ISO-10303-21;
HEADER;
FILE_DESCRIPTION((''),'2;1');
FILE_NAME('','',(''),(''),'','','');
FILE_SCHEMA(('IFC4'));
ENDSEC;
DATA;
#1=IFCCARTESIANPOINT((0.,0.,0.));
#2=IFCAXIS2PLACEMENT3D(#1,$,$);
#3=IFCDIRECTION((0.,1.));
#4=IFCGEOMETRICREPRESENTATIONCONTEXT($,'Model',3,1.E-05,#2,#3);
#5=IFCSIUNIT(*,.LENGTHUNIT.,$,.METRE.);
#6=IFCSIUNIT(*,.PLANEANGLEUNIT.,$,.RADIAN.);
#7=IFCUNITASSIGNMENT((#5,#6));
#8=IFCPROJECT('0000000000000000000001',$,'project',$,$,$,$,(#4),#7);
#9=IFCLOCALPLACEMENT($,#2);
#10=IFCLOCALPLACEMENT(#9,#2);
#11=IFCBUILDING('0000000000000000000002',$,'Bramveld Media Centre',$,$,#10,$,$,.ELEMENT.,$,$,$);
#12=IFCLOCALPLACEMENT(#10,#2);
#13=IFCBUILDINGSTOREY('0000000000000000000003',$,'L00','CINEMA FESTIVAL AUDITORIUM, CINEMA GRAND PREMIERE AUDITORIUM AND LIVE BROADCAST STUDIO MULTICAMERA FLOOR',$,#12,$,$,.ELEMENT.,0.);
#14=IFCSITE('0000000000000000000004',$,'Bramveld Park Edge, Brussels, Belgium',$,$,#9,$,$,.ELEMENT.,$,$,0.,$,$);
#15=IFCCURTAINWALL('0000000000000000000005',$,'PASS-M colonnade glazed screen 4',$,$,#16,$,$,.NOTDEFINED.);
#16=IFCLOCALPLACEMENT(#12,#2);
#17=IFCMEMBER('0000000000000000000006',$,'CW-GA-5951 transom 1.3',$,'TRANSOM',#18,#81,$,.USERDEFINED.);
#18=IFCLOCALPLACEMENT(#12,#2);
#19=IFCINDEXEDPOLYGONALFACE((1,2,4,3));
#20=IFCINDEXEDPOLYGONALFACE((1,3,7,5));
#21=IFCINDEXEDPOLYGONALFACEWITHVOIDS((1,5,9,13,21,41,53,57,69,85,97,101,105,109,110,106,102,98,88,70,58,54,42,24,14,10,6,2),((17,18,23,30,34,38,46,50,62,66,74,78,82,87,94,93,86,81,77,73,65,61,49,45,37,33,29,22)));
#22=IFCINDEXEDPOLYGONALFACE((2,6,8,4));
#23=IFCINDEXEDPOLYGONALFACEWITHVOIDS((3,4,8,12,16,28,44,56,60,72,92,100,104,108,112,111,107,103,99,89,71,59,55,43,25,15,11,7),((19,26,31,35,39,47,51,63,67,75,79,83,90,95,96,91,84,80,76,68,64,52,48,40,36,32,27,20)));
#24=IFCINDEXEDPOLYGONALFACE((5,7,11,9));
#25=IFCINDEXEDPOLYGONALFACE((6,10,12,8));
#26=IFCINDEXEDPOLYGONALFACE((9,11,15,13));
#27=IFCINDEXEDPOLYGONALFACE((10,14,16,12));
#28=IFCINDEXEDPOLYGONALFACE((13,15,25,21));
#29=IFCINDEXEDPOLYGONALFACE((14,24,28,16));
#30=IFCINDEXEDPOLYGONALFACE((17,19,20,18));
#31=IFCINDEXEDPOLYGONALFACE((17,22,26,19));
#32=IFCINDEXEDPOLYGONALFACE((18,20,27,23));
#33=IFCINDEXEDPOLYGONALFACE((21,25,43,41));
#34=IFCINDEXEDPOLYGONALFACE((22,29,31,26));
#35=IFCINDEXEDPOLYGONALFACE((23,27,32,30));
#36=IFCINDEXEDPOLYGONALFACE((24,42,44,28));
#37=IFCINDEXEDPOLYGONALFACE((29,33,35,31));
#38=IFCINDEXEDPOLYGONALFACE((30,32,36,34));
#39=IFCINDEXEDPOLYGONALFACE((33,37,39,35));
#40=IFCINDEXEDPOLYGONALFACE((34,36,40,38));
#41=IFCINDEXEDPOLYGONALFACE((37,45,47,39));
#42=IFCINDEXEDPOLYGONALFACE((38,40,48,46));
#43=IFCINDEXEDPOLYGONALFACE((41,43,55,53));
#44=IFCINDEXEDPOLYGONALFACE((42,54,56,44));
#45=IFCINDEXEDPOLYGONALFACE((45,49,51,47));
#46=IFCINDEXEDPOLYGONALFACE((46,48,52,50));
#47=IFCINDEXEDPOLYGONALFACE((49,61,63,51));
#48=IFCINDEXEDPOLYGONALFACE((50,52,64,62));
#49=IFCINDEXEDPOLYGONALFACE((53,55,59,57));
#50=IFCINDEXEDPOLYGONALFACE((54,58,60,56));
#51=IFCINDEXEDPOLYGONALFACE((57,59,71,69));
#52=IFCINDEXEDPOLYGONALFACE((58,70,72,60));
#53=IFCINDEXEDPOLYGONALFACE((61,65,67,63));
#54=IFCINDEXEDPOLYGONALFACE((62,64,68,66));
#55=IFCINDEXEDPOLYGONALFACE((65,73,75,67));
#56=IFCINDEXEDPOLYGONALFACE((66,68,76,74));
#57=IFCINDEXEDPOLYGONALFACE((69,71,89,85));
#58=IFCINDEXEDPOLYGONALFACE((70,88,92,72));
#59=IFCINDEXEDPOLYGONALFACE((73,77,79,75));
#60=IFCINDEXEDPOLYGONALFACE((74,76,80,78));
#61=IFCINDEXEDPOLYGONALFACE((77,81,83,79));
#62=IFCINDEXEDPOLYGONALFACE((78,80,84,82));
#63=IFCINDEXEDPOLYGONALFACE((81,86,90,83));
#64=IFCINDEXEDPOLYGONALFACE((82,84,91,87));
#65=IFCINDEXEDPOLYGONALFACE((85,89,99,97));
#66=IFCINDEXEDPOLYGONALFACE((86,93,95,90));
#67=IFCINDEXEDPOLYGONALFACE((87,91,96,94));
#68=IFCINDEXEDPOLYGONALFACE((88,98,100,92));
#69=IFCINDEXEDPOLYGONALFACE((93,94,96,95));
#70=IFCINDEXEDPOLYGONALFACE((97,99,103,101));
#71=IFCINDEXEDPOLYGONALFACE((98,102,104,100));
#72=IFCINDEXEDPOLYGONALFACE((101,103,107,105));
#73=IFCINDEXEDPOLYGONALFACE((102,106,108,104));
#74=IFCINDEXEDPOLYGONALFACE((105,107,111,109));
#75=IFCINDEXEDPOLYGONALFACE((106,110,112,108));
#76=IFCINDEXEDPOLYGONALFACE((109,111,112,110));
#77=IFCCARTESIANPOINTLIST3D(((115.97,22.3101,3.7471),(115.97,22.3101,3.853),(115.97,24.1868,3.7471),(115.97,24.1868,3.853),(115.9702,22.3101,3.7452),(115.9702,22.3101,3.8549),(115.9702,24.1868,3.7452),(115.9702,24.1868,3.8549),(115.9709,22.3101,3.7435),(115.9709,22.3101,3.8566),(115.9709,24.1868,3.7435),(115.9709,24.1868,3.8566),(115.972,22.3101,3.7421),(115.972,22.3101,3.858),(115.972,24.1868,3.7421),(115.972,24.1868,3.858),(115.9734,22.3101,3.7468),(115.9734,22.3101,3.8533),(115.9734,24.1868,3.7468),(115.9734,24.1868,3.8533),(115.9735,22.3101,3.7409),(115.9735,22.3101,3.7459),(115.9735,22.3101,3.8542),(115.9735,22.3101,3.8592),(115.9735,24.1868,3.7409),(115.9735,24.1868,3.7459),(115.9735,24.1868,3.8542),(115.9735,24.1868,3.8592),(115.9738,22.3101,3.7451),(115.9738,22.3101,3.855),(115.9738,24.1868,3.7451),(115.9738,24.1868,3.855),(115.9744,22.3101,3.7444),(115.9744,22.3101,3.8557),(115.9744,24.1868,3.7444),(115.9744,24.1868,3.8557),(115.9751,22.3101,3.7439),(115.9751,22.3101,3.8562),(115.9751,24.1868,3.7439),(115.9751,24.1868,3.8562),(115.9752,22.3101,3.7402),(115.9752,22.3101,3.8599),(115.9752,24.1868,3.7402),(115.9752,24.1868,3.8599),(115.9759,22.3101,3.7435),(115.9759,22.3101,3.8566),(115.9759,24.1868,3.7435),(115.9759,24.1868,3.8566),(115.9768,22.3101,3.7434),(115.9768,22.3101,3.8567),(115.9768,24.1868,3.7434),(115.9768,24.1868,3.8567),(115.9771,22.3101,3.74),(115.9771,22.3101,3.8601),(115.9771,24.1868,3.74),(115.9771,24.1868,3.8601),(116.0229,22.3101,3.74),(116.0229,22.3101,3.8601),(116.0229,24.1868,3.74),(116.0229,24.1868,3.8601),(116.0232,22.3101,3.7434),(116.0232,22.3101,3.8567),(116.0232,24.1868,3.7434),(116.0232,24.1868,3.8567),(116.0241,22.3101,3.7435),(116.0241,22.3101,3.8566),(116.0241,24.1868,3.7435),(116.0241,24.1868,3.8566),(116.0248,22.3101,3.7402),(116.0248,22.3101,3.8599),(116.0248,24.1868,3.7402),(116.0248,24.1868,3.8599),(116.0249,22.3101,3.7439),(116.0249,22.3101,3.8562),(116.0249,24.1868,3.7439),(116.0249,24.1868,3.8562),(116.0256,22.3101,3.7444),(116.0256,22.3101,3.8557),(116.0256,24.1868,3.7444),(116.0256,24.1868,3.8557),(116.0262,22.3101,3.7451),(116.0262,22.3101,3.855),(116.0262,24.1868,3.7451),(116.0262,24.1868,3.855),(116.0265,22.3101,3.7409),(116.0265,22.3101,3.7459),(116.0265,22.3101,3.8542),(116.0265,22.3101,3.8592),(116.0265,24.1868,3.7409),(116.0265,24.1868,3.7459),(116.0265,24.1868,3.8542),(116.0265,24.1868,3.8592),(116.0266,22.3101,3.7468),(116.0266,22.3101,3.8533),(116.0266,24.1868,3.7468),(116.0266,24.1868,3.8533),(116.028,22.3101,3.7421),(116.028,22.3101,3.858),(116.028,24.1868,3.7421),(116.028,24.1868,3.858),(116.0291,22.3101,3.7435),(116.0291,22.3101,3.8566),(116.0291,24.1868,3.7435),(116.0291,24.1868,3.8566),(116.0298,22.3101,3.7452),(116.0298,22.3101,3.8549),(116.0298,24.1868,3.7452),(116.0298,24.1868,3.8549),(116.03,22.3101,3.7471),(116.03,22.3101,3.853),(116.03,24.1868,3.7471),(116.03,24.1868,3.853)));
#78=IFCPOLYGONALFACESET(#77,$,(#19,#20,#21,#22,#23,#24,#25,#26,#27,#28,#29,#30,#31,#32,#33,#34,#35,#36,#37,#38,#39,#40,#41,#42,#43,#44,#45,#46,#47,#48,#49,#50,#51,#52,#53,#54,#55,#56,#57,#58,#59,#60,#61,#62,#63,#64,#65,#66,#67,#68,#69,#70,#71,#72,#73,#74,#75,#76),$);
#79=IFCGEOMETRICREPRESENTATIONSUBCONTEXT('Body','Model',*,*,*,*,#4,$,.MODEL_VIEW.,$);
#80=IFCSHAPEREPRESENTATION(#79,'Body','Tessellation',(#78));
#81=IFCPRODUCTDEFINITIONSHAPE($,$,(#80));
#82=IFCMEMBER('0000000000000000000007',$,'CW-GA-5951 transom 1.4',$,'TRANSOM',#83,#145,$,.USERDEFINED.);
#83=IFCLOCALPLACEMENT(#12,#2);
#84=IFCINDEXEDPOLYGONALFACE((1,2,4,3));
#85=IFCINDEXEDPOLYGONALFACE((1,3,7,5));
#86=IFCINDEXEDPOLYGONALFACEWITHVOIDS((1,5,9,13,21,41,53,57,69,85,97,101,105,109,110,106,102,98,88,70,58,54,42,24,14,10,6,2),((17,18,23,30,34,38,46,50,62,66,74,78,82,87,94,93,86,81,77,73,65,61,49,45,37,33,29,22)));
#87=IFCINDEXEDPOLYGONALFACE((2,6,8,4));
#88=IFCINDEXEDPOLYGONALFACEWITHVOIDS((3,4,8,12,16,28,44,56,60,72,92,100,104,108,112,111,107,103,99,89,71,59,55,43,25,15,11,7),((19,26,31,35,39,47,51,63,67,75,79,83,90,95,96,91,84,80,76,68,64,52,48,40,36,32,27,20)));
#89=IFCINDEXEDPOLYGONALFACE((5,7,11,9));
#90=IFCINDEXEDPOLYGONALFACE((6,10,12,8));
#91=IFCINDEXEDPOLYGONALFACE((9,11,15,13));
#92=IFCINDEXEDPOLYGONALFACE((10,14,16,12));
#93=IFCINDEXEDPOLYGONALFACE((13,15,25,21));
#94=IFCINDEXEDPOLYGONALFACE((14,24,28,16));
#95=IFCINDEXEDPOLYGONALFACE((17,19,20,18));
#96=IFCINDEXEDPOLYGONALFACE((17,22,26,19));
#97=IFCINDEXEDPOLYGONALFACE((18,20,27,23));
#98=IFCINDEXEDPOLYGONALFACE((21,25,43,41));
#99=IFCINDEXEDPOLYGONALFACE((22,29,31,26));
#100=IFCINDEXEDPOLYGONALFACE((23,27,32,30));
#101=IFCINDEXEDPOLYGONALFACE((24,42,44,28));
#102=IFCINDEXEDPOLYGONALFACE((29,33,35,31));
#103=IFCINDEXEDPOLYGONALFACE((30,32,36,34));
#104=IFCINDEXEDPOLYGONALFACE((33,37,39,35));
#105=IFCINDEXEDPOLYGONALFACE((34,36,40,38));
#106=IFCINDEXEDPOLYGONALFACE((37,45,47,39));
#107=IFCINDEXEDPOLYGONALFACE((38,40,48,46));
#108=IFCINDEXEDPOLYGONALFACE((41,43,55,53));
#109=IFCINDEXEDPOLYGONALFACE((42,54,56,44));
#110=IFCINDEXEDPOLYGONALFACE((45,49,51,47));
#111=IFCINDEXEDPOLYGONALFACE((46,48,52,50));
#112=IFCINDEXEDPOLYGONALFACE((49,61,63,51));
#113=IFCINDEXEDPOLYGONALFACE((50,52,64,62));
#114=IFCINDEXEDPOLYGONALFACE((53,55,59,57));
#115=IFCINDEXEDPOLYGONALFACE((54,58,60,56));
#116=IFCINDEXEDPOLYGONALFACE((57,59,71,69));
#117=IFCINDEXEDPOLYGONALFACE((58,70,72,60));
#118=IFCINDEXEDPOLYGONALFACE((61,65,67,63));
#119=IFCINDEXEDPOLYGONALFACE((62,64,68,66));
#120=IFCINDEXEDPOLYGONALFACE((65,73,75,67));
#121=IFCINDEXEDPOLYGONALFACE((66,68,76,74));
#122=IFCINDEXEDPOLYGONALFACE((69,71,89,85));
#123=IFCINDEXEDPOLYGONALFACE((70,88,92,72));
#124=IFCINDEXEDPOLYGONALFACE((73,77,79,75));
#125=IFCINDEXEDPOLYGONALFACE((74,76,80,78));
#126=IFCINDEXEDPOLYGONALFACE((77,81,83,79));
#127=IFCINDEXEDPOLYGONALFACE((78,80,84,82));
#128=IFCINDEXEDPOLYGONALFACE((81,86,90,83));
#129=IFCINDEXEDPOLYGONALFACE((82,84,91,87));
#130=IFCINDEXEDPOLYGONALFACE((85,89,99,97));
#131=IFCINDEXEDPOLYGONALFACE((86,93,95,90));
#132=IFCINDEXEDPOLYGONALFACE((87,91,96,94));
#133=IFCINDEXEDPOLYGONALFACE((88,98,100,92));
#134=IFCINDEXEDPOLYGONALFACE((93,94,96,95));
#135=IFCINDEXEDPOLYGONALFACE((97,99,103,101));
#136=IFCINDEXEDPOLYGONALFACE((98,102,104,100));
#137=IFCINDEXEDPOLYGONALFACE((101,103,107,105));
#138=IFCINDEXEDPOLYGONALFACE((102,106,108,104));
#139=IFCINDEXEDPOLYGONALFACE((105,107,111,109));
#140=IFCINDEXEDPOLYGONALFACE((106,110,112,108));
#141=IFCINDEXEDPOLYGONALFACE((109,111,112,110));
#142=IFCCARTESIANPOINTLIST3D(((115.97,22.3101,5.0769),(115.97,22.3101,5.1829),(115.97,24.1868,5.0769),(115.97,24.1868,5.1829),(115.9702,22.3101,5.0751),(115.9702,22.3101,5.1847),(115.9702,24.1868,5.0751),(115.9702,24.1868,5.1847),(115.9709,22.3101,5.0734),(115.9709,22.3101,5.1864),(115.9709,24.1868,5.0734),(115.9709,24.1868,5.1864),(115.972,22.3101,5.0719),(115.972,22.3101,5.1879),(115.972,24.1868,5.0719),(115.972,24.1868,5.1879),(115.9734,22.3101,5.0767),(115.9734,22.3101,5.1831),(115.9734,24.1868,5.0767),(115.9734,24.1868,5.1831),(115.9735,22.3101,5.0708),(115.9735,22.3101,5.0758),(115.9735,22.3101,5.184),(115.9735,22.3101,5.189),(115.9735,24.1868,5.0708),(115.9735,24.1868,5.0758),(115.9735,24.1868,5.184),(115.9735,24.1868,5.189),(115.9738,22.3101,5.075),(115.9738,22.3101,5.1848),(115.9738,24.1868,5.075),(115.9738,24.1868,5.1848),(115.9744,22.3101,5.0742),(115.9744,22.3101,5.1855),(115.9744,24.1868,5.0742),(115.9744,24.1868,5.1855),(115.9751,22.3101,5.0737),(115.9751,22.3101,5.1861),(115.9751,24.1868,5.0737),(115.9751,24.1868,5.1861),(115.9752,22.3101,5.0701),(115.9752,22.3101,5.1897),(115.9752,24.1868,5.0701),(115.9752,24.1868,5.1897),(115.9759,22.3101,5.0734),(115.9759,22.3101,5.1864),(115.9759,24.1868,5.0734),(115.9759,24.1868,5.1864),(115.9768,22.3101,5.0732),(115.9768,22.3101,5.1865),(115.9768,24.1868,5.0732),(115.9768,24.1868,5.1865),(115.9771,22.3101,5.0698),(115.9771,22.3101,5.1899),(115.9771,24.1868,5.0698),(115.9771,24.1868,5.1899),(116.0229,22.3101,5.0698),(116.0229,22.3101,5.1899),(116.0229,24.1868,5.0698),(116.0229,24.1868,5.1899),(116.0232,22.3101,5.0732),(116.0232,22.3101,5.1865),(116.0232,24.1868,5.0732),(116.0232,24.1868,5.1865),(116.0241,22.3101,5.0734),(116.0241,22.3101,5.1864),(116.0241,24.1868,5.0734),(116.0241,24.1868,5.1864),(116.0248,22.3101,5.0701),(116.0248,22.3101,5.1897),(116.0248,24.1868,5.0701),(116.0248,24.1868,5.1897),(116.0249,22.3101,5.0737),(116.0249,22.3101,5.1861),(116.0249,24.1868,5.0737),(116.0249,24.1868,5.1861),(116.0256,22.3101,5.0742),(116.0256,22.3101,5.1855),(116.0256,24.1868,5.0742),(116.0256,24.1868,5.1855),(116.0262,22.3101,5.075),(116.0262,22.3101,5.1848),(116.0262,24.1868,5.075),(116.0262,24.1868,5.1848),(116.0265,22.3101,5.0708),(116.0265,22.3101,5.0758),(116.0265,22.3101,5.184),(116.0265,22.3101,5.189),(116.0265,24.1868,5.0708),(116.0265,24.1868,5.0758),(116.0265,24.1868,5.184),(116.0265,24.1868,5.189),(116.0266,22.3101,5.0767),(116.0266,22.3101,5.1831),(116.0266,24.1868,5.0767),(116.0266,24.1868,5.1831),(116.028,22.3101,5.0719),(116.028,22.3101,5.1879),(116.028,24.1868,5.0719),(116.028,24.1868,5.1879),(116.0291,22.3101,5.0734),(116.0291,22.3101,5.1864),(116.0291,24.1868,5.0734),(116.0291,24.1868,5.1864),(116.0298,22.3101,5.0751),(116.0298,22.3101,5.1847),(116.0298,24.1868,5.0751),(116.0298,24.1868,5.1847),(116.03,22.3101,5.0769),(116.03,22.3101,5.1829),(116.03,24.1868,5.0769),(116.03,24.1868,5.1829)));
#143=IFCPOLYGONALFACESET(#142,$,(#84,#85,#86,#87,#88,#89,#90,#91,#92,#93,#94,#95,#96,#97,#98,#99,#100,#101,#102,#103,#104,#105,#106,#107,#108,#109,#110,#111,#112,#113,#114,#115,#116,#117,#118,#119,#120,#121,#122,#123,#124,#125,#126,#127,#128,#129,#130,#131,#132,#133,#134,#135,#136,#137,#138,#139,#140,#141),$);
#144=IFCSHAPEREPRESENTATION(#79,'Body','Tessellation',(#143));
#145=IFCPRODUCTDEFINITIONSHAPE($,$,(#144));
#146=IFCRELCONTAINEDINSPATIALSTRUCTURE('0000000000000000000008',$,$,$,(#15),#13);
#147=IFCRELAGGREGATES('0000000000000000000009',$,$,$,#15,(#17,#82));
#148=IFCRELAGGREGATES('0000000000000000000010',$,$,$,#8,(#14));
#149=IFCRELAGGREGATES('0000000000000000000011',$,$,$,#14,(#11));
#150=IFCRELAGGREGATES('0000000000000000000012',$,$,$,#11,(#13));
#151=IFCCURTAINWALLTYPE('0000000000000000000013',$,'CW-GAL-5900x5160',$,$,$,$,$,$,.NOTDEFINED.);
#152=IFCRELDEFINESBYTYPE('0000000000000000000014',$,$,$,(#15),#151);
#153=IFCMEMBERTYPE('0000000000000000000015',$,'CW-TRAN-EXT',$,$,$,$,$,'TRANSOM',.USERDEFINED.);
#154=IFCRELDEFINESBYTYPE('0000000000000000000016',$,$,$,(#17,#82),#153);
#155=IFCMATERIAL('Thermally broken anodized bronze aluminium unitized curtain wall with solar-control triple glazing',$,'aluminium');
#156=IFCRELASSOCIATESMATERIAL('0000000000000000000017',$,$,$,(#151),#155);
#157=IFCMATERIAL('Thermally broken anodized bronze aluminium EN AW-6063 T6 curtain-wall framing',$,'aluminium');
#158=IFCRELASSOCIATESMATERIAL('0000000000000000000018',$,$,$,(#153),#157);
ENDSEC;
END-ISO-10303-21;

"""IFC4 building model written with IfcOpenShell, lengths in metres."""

from ifc_helpers import new_model, si_unit, direction, frame, origin, origin_2d, place, context, subcontext, project, spatial, hollow_rectangle, extrude, material, material_profile, profile_set, type_object, element, aggregate, save


model = new_model("IFC4")

# Units and contexts
model_context = context("Model", 3, precision=1e-05, world=origin(), true_north=direction((0.0, 1.0)))
body_context = subcontext(model_context, "Body", "Model", "MODEL_VIEW")
ifc_project = project(units=[si_unit("LENGTHUNIT", "METRE"), si_unit("PLANEANGLEUNIT", "RADIAN")], contexts=[model_context])

# Site, building, storey
site_placement = place(None, origin())
site = spatial("IfcSite", under=ifc_project, at=site_placement, Name="Bramveld Park Edge, Brussels, Belgium", CompositionType="ELEMENT", RefElevation=0.0)
building_placement = place(site_placement, origin())
building = spatial("IfcBuilding", under=site, at=building_placement, Name="Bramveld Media Centre", CompositionType="ELEMENT")
storey_placement = place(building_placement, origin())
storey = spatial("IfcBuildingStorey", under=building, at=storey_placement, Name="L00", Description="CINEMA FESTIVAL AUDITORIUM, CINEMA GRAND PREMIERE AUDITORIUM AND LIVE BROADCAST STUDIO MULTICAMERA FLOOR", CompositionType="ELEMENT", Elevation=0.0)

# Curtain wall, members
ifc_material_1 = material(Name="Thermally broken anodized bronze aluminium unitized curtain wall with solar-control triple glazing", Category="aluminium")
curtain_wall_type = type_object("IfcCurtainWallType", Name="CW-GAL-5900x5160", PredefinedType="NOTDEFINED", material=ifc_material_1)
curtain_wall_placement = place(storey_placement, origin())
curtain_wall = element("IfcCurtainWall", 1, at=curtain_wall_placement, inside=storey, type_object=curtain_wall_type, Name="PASS-M colonnade glazed screen 4", PredefinedType="NOTDEFINED")
ifc_material_2 = material(Name="Thermally broken anodized bronze aluminium EN AW-6063 T6 curtain-wall framing", Category="aluminium")
ifc_material_profile_1 = material_profile(ifc_material_2, hollow_rectangle(XDim=0.0601, YDim=0.1201, WallThickness=0.0034, InnerFilletRadius=0.0034, OuterFilletRadius=0.0071, at=origin_2d()), Name="AL-TRAN 60x120")
ifc_profile_set_1 = profile_set([ifc_material_profile_1], Name="Thermally broken anodized bronze aluminium EN AW-6063 T6 curtain-wall framing")
member_type_1 = type_object("IfcMemberType", Name="CW-TRAN-EXT", ElementType="TRANSOM", PredefinedType="USERDEFINED", material=ifc_profile_set_1)
member_1_placement = place(storey_placement, frame((116.0, 22.3101, 3.8), z_axis=(0.0, 1.0, 0.0), x_axis=(-1.0, 0.0, 0.0)))
member_1 = element("IfcMember", 2, at=member_1_placement, type_object=member_type_1, Name="CW-GA-5951 transom 1.3", ObjectType="TRANSOM", PredefinedType="USERDEFINED", context=body_context, shape_type="SweptSolid", body=[
    extrude(hollow_rectangle(XDim=0.0601, YDim=0.1201, WallThickness=0.0034, InnerFilletRadius=0.0034, OuterFilletRadius=0.0071, at=origin_2d()), origin(), (0.0, 0.0, 1.0), 1.8767),
])
member_2_placement = place(storey_placement, frame((116.0, 22.3101, 5.1299), z_axis=(0.0, 1.0, 0.0), x_axis=(-1.0, 0.0, 0.0)))
member_2 = element("IfcMember", 3, at=member_2_placement, type_object=member_type_1, Name="CW-GA-5951 transom 1.4", ObjectType="TRANSOM", PredefinedType="USERDEFINED", context=body_context, shape_type="SweptSolid", body=[
    extrude(hollow_rectangle(XDim=0.0601, YDim=0.1201, WallThickness=0.0034, InnerFilletRadius=0.0034, OuterFilletRadius=0.0071, at=origin_2d()), origin(), (0.0, 0.0, 1.0), 1.8767),
])
aggregate(curtain_wall, [member_1, member_2])

save(model, "model.ifc")
